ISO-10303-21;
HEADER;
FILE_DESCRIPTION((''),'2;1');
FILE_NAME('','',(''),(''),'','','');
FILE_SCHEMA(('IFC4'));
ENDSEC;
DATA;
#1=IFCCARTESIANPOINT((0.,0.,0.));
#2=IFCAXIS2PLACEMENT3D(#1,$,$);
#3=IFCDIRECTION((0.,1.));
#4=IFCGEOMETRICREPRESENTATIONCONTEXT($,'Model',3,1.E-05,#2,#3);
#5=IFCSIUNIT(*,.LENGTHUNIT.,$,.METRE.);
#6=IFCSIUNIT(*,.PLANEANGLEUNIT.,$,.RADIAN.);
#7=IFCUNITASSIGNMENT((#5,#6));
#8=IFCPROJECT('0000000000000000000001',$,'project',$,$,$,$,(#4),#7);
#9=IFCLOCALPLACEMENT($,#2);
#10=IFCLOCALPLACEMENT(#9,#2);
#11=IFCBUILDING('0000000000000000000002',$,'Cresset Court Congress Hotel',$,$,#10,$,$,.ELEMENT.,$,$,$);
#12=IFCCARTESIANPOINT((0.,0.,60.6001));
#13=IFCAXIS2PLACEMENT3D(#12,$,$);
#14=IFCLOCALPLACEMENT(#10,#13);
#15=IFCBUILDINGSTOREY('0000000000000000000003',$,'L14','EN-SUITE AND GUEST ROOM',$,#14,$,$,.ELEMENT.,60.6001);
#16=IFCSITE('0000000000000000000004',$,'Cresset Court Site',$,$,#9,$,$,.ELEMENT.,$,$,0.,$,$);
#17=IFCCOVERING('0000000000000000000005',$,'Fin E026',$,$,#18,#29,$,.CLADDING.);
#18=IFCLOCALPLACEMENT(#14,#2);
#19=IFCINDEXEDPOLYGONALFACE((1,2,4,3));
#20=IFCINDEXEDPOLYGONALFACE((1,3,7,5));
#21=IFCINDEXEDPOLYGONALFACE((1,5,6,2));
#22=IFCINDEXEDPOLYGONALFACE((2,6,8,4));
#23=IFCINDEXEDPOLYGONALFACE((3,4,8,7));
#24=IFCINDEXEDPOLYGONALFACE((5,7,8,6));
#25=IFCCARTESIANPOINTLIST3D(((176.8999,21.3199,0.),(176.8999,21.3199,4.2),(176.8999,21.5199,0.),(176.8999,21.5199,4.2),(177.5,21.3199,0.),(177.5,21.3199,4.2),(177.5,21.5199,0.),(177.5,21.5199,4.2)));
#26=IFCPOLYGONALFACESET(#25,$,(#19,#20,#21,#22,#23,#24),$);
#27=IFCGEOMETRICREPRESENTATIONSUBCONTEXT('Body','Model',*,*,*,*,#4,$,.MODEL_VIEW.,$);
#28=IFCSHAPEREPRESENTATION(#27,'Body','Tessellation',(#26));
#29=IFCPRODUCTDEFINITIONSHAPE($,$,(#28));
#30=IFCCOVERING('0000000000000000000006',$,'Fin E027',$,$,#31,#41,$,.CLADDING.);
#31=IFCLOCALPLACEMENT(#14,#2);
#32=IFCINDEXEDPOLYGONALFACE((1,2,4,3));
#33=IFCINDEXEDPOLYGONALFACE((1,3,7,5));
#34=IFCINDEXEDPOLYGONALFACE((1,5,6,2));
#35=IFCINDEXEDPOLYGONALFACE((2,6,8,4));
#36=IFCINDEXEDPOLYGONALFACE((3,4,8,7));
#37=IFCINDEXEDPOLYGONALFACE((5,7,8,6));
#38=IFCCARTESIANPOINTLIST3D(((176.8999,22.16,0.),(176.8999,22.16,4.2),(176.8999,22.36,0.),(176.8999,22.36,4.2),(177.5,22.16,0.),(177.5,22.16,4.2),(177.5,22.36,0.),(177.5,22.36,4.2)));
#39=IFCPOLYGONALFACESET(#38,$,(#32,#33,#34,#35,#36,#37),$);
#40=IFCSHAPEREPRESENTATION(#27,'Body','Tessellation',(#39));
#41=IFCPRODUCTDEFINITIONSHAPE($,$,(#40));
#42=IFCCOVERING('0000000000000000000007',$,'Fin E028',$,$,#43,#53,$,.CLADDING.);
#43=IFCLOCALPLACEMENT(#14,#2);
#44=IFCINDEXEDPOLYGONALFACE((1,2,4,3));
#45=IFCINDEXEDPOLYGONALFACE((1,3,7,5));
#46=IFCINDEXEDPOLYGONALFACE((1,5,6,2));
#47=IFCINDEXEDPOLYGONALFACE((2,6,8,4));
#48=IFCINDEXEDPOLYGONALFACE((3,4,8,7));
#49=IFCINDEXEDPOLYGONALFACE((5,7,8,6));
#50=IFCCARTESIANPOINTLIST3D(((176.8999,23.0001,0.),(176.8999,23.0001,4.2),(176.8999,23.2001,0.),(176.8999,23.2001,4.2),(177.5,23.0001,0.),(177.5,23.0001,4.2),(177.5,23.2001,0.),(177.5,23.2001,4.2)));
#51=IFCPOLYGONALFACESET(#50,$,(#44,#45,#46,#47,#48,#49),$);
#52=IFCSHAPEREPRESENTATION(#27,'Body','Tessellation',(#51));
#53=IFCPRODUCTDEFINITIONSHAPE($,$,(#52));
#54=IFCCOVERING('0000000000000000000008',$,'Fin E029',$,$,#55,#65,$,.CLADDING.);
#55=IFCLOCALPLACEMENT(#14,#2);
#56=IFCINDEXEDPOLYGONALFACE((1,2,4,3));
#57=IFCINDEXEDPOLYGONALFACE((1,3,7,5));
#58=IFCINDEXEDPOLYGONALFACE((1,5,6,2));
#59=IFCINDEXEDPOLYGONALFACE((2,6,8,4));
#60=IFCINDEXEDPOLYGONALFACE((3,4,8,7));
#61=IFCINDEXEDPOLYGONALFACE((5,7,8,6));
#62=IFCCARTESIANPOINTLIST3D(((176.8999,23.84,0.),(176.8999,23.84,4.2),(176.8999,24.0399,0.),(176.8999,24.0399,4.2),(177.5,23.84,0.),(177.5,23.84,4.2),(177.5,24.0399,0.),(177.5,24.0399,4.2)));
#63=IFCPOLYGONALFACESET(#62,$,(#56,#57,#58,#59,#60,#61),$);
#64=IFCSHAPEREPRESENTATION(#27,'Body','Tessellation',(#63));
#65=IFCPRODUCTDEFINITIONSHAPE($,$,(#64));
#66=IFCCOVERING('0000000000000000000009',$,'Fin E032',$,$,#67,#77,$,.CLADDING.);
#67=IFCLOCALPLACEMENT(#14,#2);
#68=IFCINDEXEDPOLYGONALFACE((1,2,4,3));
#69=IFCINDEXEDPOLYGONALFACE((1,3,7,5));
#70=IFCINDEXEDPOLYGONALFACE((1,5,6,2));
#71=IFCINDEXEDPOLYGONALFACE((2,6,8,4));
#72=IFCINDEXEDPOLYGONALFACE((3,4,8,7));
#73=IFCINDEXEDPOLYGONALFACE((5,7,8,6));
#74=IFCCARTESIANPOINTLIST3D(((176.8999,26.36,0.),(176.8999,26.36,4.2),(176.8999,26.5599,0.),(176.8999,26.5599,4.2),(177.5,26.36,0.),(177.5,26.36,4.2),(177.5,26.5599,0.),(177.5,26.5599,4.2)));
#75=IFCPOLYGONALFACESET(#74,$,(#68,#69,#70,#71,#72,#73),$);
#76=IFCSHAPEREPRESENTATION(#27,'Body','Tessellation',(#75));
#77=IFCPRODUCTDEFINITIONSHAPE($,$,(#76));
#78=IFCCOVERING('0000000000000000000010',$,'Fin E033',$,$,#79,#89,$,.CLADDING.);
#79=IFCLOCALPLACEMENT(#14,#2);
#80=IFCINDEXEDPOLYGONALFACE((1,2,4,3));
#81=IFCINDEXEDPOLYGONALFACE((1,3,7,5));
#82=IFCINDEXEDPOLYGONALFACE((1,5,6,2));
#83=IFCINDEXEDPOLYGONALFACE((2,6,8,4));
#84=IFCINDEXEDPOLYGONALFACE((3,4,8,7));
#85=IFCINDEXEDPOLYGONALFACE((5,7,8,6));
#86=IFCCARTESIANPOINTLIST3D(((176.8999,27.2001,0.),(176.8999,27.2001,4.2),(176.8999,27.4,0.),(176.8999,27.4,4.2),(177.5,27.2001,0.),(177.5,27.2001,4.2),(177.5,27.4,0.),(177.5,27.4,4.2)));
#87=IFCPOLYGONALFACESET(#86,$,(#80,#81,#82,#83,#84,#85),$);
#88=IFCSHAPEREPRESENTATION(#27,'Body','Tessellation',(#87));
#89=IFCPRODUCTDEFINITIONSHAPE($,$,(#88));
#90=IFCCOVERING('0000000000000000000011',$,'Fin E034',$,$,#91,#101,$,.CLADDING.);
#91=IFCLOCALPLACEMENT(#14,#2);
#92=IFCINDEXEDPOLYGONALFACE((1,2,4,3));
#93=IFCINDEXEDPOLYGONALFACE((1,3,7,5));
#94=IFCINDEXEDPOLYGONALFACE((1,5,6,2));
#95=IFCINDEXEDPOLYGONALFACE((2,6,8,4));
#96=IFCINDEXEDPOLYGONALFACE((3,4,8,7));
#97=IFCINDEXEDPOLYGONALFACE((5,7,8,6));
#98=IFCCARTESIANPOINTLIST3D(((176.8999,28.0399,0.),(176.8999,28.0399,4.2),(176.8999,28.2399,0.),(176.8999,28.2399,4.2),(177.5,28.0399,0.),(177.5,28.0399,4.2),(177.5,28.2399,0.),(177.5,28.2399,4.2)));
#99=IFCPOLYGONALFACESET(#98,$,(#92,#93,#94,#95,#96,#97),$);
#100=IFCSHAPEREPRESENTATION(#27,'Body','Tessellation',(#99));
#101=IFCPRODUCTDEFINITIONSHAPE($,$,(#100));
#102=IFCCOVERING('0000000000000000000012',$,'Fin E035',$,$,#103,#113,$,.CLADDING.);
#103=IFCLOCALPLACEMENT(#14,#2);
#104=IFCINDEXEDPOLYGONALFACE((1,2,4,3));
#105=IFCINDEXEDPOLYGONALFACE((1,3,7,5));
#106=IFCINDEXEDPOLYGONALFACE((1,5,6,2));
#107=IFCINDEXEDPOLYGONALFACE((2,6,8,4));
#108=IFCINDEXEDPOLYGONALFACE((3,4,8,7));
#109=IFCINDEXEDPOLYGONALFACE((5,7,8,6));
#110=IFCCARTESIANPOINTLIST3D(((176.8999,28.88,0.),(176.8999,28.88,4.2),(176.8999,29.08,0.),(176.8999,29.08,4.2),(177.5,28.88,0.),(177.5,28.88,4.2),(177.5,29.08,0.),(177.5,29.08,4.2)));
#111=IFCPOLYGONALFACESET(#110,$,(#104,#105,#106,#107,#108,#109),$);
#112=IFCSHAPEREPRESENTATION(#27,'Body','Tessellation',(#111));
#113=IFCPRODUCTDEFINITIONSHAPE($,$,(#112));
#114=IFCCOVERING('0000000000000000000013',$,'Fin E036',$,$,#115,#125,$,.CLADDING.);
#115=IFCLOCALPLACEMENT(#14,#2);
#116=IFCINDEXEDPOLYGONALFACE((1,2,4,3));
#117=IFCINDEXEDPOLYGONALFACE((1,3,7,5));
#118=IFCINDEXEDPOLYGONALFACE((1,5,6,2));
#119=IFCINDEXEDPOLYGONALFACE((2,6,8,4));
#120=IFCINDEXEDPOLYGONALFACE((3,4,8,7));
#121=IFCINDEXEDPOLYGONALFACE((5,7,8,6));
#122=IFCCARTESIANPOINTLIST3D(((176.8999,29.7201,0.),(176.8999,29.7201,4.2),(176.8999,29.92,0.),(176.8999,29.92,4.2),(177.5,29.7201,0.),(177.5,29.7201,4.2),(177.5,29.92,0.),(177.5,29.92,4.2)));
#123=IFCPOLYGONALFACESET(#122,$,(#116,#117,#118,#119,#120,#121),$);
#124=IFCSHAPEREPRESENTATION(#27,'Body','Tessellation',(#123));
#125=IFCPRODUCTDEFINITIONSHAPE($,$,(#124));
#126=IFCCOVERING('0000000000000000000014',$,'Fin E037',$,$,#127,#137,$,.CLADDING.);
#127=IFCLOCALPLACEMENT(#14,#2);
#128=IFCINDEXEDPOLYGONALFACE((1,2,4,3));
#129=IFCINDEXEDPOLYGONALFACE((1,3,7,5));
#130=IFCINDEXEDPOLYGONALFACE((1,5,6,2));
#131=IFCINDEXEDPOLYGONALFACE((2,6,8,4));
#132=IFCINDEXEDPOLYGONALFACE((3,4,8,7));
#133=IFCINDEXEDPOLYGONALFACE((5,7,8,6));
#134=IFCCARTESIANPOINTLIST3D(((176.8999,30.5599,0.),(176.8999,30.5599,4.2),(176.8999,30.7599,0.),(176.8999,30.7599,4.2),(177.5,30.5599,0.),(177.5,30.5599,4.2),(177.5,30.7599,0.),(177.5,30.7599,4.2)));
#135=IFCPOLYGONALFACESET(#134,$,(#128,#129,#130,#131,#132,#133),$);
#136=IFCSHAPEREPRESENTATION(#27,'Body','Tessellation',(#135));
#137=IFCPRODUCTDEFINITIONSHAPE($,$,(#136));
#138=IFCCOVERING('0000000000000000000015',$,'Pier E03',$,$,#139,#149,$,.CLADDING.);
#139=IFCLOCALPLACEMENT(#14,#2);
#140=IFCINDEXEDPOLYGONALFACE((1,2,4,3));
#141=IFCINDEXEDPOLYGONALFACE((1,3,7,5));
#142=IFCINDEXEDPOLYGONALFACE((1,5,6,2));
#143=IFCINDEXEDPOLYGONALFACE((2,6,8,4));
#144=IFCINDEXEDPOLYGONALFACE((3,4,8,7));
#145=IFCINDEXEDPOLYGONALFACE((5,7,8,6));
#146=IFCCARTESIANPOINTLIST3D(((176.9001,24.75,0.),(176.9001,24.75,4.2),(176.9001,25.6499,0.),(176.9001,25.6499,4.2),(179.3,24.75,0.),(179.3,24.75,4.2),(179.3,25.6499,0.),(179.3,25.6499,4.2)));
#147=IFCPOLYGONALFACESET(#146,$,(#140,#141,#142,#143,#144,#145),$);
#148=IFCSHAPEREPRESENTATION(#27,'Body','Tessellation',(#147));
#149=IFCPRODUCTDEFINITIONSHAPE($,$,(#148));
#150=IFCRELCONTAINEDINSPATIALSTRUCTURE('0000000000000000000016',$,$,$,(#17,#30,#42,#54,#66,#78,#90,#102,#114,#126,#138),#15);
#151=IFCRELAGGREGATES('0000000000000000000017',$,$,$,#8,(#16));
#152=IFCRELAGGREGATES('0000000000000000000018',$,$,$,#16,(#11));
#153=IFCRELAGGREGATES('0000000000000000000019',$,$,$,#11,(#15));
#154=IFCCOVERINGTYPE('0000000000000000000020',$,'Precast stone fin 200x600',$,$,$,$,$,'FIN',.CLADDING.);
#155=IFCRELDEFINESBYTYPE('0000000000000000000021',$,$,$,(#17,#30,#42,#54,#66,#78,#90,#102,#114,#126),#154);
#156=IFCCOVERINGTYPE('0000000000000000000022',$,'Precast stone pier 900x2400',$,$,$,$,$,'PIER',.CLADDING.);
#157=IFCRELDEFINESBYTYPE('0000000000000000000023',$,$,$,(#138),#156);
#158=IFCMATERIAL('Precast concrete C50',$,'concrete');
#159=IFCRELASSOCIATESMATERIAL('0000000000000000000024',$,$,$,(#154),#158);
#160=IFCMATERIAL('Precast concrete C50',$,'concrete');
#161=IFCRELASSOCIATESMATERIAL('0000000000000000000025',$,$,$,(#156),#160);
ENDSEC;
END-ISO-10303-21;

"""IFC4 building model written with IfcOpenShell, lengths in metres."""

from ifc_helpers import new_model, si_unit, direction, frame, origin, origin_2d, place, context, subcontext, project, spatial, rectangle, extrude, material, type_object, element, save


model = new_model("IFC4")

# Units and contexts
model_context = context("Model", 3, precision=1e-05, world=origin(), true_north=direction((0.0, 1.0)))
body_context = subcontext(model_context, "Body", "Model", "MODEL_VIEW")
ifc_project = project(units=[si_unit("LENGTHUNIT", "METRE"), si_unit("PLANEANGLEUNIT", "RADIAN")], contexts=[model_context])

# Site, building, storey
site_placement = place(None, origin())
site = spatial("IfcSite", under=ifc_project, at=site_placement, Name="Cresset Court Site", CompositionType="ELEMENT", RefElevation=0.0)
building_placement = place(site_placement, origin())
building = spatial("IfcBuilding", under=site, at=building_placement, Name="Cresset Court Congress Hotel", CompositionType="ELEMENT")
storey_placement = place(building_placement, frame((0.0, 0.0, 60.6001)))
storey = spatial("IfcBuildingStorey", under=building, at=storey_placement, Name="L14", Description="EN-SUITE AND GUEST ROOM", CompositionType="ELEMENT", Elevation=60.6001)

# Coverings
ifc_material_1 = material(Name="Precast concrete C50", Category="concrete")
covering_type_1 = type_object("IfcCoveringType", Name="Precast stone fin 200x600", ElementType="FIN", PredefinedType="CLADDING", material=ifc_material_1)
for number, where, z_axis, x_axis, name in (
    (1, (177.2, 21.4199, 0.0), (0.0, 0.0, 1.0), (1.0, 0.0, 0.0), "Fin E026"),
    (2, (177.2, 22.26, 0.0), (0.0, 0.0, 1.0), (1.0, 0.0, 0.0), "Fin E027"),
    (3, (177.2, 23.1001, 0.0), (0.0, 0.0, 1.0), (1.0, 0.0, 0.0), "Fin E028"),
    (4, (177.2, 23.9399, 0.0), (0.0, 0.0, 1.0), (1.0, 0.0, 0.0), "Fin E029"),
    (5, (177.2, 26.46, 0.0), (0.0, 0.0, 1.0), (1.0, 0.0, 0.0), "Fin E032"),
    (6, (177.2, 27.3, 0.0), (0.0, 0.0, 1.0), (1.0, 0.0, 0.0), "Fin E033"),
    (7, (177.2, 28.1399, 0.0), (0.0, 0.0, 1.0), (1.0, 0.0, 0.0), "Fin E034"),
    (8, (177.2, 28.98, 0.0), (0.0, 0.0, 1.0), (1.0, 0.0, 0.0), "Fin E035"),
    (9, (177.2, 29.8201, 0.0), (0.0, 0.0, 1.0), (1.0, 0.0, 0.0), "Fin E036"),
    (10, (177.2, 30.6599, 0.0), (0.0, 0.0, 1.0), (1.0, 0.0, 0.0), "Fin E037"),
):
    element("IfcCovering", number, at=place(storey_placement, frame(where, z_axis=z_axis, x_axis=x_axis)), inside=storey, type_object=covering_type_1, Name=name, PredefinedType="CLADDING", context=body_context, shape_type="SweptSolid", body=[
        extrude(rectangle(XDim=0.6001, YDim=0.2, at=origin_2d()), origin(), (0.0, 0.0, 1.0), 4.2),
    ])
ifc_material_2 = material(Name="Precast concrete C50", Category="concrete")
covering_type_2 = type_object("IfcCoveringType", Name="Precast stone pier 900x2400", ElementType="PIER", PredefinedType="CLADDING", material=ifc_material_2)
covering_placement = place(storey_placement, frame((178.1001, 25.2, 0.0), z_axis=(0.0, 0.0, 1.0), x_axis=(1.0, 0.0, 0.0)))
element("IfcCovering", 11, at=covering_placement, inside=storey, type_object=covering_type_2, Name="Pier E03", PredefinedType="CLADDING", context=body_context, shape_type="SweptSolid", body=[
    extrude(rectangle(XDim=2.3999, YDim=0.8999, at=origin_2d()), origin(), (0.0, 0.0, 1.0), 4.2),
])

save(model, "model.ifc")
